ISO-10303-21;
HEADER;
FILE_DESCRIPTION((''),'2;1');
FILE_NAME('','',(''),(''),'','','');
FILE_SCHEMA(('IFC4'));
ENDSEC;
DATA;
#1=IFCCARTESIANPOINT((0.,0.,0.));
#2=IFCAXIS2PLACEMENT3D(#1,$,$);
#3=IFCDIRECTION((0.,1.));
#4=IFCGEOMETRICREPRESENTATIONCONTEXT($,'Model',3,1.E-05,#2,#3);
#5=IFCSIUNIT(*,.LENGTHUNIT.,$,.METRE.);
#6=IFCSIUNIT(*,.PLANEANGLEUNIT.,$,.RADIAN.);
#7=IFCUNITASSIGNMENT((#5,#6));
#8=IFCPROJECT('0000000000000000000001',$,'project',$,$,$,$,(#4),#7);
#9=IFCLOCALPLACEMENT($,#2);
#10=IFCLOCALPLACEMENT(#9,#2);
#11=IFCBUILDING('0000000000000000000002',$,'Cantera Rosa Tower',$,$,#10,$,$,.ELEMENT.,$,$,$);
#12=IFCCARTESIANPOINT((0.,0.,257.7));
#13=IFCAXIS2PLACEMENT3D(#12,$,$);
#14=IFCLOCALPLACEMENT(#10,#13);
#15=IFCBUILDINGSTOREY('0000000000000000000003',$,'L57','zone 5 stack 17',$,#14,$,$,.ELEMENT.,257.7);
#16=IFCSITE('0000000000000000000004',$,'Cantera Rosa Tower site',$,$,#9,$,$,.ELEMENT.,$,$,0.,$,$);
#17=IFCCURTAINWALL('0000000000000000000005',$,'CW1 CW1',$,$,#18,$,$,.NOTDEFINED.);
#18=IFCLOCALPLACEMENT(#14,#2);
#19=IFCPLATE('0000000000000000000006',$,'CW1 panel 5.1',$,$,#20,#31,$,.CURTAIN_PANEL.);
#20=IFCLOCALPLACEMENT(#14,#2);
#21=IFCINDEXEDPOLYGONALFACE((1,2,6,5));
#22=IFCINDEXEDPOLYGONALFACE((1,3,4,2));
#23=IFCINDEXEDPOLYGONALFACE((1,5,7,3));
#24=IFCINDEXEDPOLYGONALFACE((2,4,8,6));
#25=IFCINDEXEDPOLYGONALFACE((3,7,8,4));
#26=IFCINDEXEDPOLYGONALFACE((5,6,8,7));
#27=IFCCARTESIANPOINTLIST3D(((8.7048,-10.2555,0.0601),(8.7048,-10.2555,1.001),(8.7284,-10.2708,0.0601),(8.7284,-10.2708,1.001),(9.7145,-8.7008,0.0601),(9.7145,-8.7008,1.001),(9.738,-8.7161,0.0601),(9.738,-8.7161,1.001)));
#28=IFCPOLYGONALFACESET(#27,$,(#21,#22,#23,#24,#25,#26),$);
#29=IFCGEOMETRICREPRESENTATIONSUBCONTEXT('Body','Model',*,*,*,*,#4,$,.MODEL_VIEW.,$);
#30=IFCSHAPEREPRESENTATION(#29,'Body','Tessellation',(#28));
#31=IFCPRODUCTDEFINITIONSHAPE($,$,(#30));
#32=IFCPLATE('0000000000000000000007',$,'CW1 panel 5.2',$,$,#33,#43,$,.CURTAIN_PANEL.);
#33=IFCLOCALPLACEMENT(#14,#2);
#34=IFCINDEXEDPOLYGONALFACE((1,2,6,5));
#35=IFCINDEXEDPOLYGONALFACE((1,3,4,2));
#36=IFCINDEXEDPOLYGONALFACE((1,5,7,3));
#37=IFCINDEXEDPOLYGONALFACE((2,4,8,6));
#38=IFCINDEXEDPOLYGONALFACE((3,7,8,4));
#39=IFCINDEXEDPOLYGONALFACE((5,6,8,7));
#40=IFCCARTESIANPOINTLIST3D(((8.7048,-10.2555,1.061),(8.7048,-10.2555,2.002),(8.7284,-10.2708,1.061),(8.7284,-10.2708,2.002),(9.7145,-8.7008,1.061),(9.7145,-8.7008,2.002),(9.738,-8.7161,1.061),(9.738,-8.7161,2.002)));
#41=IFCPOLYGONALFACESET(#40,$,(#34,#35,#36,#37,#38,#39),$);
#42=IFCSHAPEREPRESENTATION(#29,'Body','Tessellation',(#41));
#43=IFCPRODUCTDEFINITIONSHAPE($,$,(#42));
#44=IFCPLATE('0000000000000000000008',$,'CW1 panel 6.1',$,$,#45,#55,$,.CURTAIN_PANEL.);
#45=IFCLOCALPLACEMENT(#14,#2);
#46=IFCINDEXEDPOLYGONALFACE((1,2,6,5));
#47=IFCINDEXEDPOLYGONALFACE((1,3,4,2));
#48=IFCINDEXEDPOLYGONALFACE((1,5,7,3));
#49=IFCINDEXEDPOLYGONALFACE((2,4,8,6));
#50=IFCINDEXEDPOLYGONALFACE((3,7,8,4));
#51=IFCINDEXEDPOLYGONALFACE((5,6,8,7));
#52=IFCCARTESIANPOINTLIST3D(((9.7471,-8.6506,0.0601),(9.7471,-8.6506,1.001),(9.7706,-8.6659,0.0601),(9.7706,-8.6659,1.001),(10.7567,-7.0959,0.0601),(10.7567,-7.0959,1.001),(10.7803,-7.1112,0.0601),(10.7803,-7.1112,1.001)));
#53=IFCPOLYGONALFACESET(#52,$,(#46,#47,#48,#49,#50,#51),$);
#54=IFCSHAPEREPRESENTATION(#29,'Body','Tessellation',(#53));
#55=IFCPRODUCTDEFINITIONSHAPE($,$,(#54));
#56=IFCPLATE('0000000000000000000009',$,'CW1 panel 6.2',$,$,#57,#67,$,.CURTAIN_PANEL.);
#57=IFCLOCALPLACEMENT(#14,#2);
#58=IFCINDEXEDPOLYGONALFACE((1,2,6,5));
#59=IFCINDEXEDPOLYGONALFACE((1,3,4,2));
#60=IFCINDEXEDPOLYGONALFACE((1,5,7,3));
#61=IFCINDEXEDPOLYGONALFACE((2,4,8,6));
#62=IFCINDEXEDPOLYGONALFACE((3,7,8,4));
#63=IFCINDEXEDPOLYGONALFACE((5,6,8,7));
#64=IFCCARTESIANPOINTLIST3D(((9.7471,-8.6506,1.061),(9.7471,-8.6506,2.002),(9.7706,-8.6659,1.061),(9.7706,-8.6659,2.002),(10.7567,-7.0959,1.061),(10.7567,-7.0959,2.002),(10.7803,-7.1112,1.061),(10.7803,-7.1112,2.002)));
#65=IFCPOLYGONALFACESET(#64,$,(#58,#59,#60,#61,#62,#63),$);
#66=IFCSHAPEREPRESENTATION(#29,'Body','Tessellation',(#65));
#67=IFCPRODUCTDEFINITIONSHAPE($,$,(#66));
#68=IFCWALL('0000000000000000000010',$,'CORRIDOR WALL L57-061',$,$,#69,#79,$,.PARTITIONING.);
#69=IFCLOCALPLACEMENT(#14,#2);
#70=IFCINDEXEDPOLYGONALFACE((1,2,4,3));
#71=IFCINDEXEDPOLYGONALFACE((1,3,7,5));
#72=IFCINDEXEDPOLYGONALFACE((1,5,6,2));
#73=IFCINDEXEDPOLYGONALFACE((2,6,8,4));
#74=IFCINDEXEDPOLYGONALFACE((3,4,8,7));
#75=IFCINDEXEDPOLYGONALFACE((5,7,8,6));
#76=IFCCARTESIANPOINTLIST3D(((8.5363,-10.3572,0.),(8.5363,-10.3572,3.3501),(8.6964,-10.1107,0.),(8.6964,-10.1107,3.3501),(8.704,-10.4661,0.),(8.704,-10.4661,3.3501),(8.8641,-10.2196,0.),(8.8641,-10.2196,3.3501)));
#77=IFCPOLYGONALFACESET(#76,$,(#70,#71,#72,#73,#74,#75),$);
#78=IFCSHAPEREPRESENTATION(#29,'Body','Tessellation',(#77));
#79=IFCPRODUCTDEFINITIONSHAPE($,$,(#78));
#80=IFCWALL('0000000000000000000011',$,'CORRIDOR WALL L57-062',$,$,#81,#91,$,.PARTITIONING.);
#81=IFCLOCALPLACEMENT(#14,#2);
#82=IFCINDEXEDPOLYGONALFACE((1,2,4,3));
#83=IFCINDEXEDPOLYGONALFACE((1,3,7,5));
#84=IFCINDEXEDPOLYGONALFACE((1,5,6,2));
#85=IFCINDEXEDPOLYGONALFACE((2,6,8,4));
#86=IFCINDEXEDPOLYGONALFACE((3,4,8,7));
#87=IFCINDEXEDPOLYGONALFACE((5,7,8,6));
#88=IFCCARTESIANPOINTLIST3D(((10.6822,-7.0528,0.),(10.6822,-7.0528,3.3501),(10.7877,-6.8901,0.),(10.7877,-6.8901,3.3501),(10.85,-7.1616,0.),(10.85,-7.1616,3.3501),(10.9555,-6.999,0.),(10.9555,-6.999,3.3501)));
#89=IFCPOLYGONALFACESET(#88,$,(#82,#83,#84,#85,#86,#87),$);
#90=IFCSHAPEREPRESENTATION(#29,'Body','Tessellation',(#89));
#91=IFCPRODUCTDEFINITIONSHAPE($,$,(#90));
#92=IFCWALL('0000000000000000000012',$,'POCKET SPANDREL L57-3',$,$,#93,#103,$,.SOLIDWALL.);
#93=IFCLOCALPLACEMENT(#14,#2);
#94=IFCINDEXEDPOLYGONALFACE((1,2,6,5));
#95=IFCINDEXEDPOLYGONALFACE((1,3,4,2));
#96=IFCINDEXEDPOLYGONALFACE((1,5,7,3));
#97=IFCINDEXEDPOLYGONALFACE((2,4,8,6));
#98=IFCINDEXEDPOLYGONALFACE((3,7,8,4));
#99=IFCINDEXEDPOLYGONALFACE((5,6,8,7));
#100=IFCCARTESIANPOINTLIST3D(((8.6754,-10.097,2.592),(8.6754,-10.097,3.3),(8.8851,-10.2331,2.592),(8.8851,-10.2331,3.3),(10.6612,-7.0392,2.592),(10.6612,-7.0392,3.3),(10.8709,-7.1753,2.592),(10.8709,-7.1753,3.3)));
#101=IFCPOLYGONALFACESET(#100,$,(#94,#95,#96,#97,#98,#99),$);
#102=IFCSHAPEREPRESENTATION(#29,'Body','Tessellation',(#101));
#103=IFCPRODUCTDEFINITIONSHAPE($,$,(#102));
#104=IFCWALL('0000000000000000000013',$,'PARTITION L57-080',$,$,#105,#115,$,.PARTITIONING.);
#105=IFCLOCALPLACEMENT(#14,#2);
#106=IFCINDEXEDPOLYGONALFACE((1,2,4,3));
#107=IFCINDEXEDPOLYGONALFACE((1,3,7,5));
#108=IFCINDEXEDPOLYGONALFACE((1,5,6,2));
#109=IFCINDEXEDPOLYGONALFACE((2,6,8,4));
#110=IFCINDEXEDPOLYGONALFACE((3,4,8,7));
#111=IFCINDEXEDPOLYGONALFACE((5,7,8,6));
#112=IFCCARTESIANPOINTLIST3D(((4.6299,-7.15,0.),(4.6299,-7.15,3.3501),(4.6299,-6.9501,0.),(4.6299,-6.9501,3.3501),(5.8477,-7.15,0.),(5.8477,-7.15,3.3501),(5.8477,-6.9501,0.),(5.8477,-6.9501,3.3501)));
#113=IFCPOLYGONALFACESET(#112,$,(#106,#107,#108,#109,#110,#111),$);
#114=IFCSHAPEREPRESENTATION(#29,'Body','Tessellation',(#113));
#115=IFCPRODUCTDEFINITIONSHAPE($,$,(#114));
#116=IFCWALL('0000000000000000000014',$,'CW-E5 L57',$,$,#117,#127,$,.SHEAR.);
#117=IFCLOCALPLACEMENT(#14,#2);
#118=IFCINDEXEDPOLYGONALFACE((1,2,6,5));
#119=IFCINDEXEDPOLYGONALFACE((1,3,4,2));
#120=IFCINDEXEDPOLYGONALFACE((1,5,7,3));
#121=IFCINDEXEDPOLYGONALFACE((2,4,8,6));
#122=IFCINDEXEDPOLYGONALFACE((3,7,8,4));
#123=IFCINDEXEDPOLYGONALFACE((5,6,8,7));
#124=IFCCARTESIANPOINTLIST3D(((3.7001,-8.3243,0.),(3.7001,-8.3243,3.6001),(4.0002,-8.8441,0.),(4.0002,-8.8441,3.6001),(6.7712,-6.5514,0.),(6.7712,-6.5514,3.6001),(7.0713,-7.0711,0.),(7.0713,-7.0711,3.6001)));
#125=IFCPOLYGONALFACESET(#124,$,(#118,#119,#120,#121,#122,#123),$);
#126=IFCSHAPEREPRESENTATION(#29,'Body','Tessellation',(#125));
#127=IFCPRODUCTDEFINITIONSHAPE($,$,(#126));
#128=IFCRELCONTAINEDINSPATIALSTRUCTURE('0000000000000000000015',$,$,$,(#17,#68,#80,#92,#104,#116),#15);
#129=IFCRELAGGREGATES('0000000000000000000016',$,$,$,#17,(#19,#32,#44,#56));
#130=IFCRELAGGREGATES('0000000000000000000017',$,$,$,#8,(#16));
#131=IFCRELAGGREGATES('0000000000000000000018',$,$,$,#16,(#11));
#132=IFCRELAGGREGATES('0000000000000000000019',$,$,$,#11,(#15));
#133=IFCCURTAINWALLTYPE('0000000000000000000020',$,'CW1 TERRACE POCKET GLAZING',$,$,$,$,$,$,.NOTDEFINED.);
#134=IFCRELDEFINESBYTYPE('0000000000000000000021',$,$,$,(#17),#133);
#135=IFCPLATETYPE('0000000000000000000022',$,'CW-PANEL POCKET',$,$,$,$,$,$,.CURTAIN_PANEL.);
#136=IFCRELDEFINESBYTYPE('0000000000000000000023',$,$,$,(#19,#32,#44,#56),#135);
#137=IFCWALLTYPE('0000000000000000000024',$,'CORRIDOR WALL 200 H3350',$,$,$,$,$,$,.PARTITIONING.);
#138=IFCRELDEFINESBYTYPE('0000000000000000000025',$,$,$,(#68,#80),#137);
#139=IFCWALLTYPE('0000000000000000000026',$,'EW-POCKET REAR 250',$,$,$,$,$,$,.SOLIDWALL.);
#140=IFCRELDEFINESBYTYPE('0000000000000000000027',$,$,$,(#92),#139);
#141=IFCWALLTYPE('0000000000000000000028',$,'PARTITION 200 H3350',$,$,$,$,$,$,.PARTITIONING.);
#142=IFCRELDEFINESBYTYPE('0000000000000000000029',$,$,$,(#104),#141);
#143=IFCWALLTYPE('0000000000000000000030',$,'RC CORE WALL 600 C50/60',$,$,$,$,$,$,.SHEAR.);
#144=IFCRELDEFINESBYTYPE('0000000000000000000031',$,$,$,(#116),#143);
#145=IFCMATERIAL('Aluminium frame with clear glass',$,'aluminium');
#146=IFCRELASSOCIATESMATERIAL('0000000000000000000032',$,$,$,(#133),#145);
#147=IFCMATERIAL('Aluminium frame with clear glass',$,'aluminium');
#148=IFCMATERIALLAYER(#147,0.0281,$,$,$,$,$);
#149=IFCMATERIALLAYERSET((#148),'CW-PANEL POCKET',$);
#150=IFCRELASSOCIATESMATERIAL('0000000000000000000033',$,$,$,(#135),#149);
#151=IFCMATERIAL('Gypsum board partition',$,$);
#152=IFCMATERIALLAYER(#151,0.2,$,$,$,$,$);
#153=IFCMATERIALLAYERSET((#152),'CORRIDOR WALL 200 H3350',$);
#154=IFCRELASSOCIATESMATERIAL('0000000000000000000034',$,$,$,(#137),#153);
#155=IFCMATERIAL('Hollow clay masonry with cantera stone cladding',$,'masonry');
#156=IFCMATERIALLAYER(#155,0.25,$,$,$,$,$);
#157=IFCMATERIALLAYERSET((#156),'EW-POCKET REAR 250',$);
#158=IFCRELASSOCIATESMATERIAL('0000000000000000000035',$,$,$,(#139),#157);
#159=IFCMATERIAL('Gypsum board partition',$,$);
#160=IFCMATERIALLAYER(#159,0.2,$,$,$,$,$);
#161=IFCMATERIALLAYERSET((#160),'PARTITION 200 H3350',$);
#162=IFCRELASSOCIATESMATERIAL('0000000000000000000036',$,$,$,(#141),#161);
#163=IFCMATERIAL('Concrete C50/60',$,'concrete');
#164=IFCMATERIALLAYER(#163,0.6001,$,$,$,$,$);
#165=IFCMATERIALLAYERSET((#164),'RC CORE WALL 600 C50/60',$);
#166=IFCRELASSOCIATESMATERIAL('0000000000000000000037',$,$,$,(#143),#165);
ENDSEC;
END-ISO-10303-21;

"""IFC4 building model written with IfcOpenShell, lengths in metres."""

from ifc_helpers import new_model, si_unit, direction, frame, frame_2d, origin, origin_2d, place, context, subcontext, project, spatial, rectangle, extrude, material, layer, layer_set, type_object, element, aggregate, save


model = new_model("IFC4")

# Units and contexts
model_context = context("Model", 3, precision=1e-05, world=origin(), true_north=direction((0.0, 1.0)))
body_context = subcontext(model_context, "Body", "Model", "MODEL_VIEW")
ifc_project = project(units=[si_unit("LENGTHUNIT", "METRE"), si_unit("PLANEANGLEUNIT", "RADIAN")], contexts=[model_context])

# Site, building, storey
site_placement = place(None, origin())
site = spatial("IfcSite", under=ifc_project, at=site_placement, Name="Cantera Rosa Tower site", CompositionType="ELEMENT", RefElevation=0.0)
building_placement = place(site_placement, origin())
building = spatial("IfcBuilding", under=site, at=building_placement, Name="Cantera Rosa Tower", CompositionType="ELEMENT")
storey_placement = place(building_placement, frame((0.0, 0.0, 257.7)))
storey = spatial("IfcBuildingStorey", under=building, at=storey_placement, Name="L57", Description="zone 5 stack 17", CompositionType="ELEMENT", Elevation=257.7)

# Curtain wall
ifc_material_1 = material(Name="Aluminium frame with clear glass", Category="aluminium")
curtain_wall_type = type_object("IfcCurtainWallType", Name="CW1 TERRACE POCKET GLAZING", PredefinedType="NOTDEFINED", material=ifc_material_1)
curtain_wall_placement = place(storey_placement, origin())
curtain_wall = element("IfcCurtainWall", 1, at=curtain_wall_placement, inside=storey, type_object=curtain_wall_type, Name="CW1 CW1", PredefinedType="NOTDEFINED")

# Plates
ifc_material_2 = material(Name="Aluminium frame with clear glass", Category="aluminium")
ifc_layer_1 = layer(ifc_material_2, 0.0281)
ifc_layer_set_1 = layer_set([ifc_layer_1], Name="CW-PANEL POCKET")
plate_type = type_object("IfcPlateType", Name="CW-PANEL POCKET", PredefinedType="CURTAIN_PANEL", material=ifc_layer_set_1)
plate_1_placement = place(storey_placement, frame((9.2214, -9.4858, 0.0601), z_axis=(0.0, 0.0, 1.0), x_axis=(0.544639, 0.838671, 0.0)))
plate_1 = element("IfcPlate", 2, at=plate_1_placement, type_object=plate_type, Name="CW1 panel 5.1", PredefinedType="CURTAIN_PANEL", context=body_context, shape_type="SweptSolid", body=[
    extrude(rectangle(XDim=1.8538, YDim=0.0281, at=origin_2d()), origin(), (0.0, 0.0, 1.0), 0.9409),
])
plate_2_placement = place(storey_placement, frame((9.2214, -9.4858, 1.061), z_axis=(0.0, 0.0, 1.0), x_axis=(0.544639, 0.838671, 0.0)))
plate_2 = element("IfcPlate", 3, at=plate_2_placement, type_object=plate_type, Name="CW1 panel 5.2", PredefinedType="CURTAIN_PANEL", context=body_context, shape_type="SweptSolid", body=[
    extrude(rectangle(XDim=1.8538, YDim=0.0281, at=origin_2d()), origin(), (0.0, 0.0, 1.0), 0.9409),
])
plate_3_placement = place(storey_placement, frame((10.2637, -7.8809, 0.0601), z_axis=(0.0, 0.0, 1.0), x_axis=(0.544639, 0.838671, 0.0)))
plate_3 = element("IfcPlate", 4, at=plate_3_placement, type_object=plate_type, Name="CW1 panel 6.1", PredefinedType="CURTAIN_PANEL", context=body_context, shape_type="SweptSolid", body=[
    extrude(rectangle(XDim=1.8538, YDim=0.0281, at=origin_2d()), origin(), (0.0, 0.0, 1.0), 0.9409),
])
plate_4_placement = place(storey_placement, frame((10.2637, -7.8809, 1.061), z_axis=(0.0, 0.0, 1.0), x_axis=(0.544639, 0.838671, 0.0)))
plate_4 = element("IfcPlate", 5, at=plate_4_placement, type_object=plate_type, Name="CW1 panel 6.2", PredefinedType="CURTAIN_PANEL", context=body_context, shape_type="SweptSolid", body=[
    extrude(rectangle(XDim=1.8538, YDim=0.0281, at=origin_2d()), origin(), (0.0, 0.0, 1.0), 0.9409),
])
aggregate(curtain_wall, [plate_1, plate_2, plate_3, plate_4])

# Walls
ifc_material_3 = material(Name="Gypsum board partition")
ifc_layer_2 = layer(ifc_material_3, 0.2)
ifc_layer_set_2 = layer_set([ifc_layer_2], Name="CORRIDOR WALL 200 H3350")
wall_type_1 = type_object("IfcWallType", Name="CORRIDOR WALL 200 H3350", PredefinedType="PARTITIONING", material=ifc_layer_set_2)
wall_1_placement = place(storey_placement, frame((8.6201, -10.4116, 0.0), z_axis=(0.0, 0.0, 1.0), x_axis=(0.544696, 0.838633, 0.0)))
element("IfcWall", 6, at=wall_1_placement, inside=storey, type_object=wall_type_1, Name="CORRIDOR WALL L57-061", PredefinedType="PARTITIONING", context=body_context, shape_type="SweptSolid", body=[
    extrude(rectangle(XDim=0.2939, YDim=0.2, at=frame_2d((0.147, 0.0))), origin(), (0.0, 0.0, 1.0), 3.3501),
])
wall_2_placement = place(storey_placement, frame((10.7661, -7.1072, 0.0), z_axis=(0.0, 0.0, 1.0), x_axis=(0.544191, 0.838961, 0.0)))
element("IfcWall", 7, at=wall_2_placement, inside=storey, type_object=wall_type_1, Name="CORRIDOR WALL L57-062", PredefinedType="PARTITIONING", context=body_context, shape_type="SweptSolid", body=[
    extrude(rectangle(XDim=0.1938, YDim=0.2, at=frame_2d((0.0969, 0.0))), origin(), (0.0, 0.0, 1.0), 3.3501),
])
ifc_material_4 = material(Name="Hollow clay masonry with cantera stone cladding", Category="masonry")
ifc_layer_3 = layer(ifc_material_4, 0.25)
ifc_layer_set_3 = layer_set([ifc_layer_3], Name="EW-POCKET REAR 250")
wall_type_2 = type_object("IfcWallType", Name="EW-POCKET REAR 250", PredefinedType="SOLIDWALL", material=ifc_layer_set_3)
wall_3_placement = place(storey_placement, frame((8.7803, -10.165, 2.592), z_axis=(0.0, 0.0, 1.0), x_axis=(0.544647, 0.838665, 0.0)))
element("IfcWall", 8, at=wall_3_placement, inside=storey, type_object=wall_type_2, Name="POCKET SPANDREL L57-3", PredefinedType="SOLIDWALL", context=body_context, shape_type="SweptSolid", body=[
    extrude(rectangle(XDim=3.646, YDim=0.25, at=frame_2d((1.823, 0.0))), origin(), (0.0, 0.0, 1.0), 0.708),
])
ifc_material_5 = material(Name="Gypsum board partition")
ifc_layer_4 = layer(ifc_material_5, 0.2)
ifc_layer_set_4 = layer_set([ifc_layer_4], Name="PARTITION 200 H3350")
wall_type_3 = type_object("IfcWallType", Name="PARTITION 200 H3350", PredefinedType="PARTITIONING", material=ifc_layer_set_4)
wall_4_placement = place(storey_placement, frame((5.8477, -7.05, 0.0), z_axis=(0.0, 0.0, 1.0), x_axis=(-1.0, 0.0, 0.0)))
element("IfcWall", 9, at=wall_4_placement, inside=storey, type_object=wall_type_3, Name="PARTITION L57-080", PredefinedType="PARTITIONING", context=body_context, shape_type="SweptSolid", body=[
    extrude(rectangle(XDim=1.2178, YDim=0.2, at=frame_2d((0.6089, 0.0))), origin(), (0.0, 0.0, 1.0), 3.3501),
])
ifc_material_6 = material(Name="Concrete C50/60", Category="concrete")
ifc_layer_5 = layer(ifc_material_6, 0.6001)
ifc_layer_set_5 = layer_set([ifc_layer_5], Name="RC CORE WALL 600 C50/60")
wall_type_4 = type_object("IfcWallType", Name="RC CORE WALL 600 C50/60", PredefinedType="SHEAR", material=ifc_layer_set_5)
wall_5_placement = place(storey_placement, frame((6.9211, -6.8113, 0.0), z_axis=(0.0, 0.0, 1.0), x_axis=(-0.86604, -0.499975, 0.0)))
element("IfcWall", 10, at=wall_5_placement, inside=storey, type_object=wall_type_4, Name="CW-E5 L57", PredefinedType="SHEAR", context=body_context, shape_type="SweptSolid", body=[
    extrude(rectangle(XDim=3.5461, YDim=0.6001, at=frame_2d((1.7729, 0.0))), origin(), (0.0, 0.0, 1.0), 3.6001),
])

save(model, "model.ifc")
